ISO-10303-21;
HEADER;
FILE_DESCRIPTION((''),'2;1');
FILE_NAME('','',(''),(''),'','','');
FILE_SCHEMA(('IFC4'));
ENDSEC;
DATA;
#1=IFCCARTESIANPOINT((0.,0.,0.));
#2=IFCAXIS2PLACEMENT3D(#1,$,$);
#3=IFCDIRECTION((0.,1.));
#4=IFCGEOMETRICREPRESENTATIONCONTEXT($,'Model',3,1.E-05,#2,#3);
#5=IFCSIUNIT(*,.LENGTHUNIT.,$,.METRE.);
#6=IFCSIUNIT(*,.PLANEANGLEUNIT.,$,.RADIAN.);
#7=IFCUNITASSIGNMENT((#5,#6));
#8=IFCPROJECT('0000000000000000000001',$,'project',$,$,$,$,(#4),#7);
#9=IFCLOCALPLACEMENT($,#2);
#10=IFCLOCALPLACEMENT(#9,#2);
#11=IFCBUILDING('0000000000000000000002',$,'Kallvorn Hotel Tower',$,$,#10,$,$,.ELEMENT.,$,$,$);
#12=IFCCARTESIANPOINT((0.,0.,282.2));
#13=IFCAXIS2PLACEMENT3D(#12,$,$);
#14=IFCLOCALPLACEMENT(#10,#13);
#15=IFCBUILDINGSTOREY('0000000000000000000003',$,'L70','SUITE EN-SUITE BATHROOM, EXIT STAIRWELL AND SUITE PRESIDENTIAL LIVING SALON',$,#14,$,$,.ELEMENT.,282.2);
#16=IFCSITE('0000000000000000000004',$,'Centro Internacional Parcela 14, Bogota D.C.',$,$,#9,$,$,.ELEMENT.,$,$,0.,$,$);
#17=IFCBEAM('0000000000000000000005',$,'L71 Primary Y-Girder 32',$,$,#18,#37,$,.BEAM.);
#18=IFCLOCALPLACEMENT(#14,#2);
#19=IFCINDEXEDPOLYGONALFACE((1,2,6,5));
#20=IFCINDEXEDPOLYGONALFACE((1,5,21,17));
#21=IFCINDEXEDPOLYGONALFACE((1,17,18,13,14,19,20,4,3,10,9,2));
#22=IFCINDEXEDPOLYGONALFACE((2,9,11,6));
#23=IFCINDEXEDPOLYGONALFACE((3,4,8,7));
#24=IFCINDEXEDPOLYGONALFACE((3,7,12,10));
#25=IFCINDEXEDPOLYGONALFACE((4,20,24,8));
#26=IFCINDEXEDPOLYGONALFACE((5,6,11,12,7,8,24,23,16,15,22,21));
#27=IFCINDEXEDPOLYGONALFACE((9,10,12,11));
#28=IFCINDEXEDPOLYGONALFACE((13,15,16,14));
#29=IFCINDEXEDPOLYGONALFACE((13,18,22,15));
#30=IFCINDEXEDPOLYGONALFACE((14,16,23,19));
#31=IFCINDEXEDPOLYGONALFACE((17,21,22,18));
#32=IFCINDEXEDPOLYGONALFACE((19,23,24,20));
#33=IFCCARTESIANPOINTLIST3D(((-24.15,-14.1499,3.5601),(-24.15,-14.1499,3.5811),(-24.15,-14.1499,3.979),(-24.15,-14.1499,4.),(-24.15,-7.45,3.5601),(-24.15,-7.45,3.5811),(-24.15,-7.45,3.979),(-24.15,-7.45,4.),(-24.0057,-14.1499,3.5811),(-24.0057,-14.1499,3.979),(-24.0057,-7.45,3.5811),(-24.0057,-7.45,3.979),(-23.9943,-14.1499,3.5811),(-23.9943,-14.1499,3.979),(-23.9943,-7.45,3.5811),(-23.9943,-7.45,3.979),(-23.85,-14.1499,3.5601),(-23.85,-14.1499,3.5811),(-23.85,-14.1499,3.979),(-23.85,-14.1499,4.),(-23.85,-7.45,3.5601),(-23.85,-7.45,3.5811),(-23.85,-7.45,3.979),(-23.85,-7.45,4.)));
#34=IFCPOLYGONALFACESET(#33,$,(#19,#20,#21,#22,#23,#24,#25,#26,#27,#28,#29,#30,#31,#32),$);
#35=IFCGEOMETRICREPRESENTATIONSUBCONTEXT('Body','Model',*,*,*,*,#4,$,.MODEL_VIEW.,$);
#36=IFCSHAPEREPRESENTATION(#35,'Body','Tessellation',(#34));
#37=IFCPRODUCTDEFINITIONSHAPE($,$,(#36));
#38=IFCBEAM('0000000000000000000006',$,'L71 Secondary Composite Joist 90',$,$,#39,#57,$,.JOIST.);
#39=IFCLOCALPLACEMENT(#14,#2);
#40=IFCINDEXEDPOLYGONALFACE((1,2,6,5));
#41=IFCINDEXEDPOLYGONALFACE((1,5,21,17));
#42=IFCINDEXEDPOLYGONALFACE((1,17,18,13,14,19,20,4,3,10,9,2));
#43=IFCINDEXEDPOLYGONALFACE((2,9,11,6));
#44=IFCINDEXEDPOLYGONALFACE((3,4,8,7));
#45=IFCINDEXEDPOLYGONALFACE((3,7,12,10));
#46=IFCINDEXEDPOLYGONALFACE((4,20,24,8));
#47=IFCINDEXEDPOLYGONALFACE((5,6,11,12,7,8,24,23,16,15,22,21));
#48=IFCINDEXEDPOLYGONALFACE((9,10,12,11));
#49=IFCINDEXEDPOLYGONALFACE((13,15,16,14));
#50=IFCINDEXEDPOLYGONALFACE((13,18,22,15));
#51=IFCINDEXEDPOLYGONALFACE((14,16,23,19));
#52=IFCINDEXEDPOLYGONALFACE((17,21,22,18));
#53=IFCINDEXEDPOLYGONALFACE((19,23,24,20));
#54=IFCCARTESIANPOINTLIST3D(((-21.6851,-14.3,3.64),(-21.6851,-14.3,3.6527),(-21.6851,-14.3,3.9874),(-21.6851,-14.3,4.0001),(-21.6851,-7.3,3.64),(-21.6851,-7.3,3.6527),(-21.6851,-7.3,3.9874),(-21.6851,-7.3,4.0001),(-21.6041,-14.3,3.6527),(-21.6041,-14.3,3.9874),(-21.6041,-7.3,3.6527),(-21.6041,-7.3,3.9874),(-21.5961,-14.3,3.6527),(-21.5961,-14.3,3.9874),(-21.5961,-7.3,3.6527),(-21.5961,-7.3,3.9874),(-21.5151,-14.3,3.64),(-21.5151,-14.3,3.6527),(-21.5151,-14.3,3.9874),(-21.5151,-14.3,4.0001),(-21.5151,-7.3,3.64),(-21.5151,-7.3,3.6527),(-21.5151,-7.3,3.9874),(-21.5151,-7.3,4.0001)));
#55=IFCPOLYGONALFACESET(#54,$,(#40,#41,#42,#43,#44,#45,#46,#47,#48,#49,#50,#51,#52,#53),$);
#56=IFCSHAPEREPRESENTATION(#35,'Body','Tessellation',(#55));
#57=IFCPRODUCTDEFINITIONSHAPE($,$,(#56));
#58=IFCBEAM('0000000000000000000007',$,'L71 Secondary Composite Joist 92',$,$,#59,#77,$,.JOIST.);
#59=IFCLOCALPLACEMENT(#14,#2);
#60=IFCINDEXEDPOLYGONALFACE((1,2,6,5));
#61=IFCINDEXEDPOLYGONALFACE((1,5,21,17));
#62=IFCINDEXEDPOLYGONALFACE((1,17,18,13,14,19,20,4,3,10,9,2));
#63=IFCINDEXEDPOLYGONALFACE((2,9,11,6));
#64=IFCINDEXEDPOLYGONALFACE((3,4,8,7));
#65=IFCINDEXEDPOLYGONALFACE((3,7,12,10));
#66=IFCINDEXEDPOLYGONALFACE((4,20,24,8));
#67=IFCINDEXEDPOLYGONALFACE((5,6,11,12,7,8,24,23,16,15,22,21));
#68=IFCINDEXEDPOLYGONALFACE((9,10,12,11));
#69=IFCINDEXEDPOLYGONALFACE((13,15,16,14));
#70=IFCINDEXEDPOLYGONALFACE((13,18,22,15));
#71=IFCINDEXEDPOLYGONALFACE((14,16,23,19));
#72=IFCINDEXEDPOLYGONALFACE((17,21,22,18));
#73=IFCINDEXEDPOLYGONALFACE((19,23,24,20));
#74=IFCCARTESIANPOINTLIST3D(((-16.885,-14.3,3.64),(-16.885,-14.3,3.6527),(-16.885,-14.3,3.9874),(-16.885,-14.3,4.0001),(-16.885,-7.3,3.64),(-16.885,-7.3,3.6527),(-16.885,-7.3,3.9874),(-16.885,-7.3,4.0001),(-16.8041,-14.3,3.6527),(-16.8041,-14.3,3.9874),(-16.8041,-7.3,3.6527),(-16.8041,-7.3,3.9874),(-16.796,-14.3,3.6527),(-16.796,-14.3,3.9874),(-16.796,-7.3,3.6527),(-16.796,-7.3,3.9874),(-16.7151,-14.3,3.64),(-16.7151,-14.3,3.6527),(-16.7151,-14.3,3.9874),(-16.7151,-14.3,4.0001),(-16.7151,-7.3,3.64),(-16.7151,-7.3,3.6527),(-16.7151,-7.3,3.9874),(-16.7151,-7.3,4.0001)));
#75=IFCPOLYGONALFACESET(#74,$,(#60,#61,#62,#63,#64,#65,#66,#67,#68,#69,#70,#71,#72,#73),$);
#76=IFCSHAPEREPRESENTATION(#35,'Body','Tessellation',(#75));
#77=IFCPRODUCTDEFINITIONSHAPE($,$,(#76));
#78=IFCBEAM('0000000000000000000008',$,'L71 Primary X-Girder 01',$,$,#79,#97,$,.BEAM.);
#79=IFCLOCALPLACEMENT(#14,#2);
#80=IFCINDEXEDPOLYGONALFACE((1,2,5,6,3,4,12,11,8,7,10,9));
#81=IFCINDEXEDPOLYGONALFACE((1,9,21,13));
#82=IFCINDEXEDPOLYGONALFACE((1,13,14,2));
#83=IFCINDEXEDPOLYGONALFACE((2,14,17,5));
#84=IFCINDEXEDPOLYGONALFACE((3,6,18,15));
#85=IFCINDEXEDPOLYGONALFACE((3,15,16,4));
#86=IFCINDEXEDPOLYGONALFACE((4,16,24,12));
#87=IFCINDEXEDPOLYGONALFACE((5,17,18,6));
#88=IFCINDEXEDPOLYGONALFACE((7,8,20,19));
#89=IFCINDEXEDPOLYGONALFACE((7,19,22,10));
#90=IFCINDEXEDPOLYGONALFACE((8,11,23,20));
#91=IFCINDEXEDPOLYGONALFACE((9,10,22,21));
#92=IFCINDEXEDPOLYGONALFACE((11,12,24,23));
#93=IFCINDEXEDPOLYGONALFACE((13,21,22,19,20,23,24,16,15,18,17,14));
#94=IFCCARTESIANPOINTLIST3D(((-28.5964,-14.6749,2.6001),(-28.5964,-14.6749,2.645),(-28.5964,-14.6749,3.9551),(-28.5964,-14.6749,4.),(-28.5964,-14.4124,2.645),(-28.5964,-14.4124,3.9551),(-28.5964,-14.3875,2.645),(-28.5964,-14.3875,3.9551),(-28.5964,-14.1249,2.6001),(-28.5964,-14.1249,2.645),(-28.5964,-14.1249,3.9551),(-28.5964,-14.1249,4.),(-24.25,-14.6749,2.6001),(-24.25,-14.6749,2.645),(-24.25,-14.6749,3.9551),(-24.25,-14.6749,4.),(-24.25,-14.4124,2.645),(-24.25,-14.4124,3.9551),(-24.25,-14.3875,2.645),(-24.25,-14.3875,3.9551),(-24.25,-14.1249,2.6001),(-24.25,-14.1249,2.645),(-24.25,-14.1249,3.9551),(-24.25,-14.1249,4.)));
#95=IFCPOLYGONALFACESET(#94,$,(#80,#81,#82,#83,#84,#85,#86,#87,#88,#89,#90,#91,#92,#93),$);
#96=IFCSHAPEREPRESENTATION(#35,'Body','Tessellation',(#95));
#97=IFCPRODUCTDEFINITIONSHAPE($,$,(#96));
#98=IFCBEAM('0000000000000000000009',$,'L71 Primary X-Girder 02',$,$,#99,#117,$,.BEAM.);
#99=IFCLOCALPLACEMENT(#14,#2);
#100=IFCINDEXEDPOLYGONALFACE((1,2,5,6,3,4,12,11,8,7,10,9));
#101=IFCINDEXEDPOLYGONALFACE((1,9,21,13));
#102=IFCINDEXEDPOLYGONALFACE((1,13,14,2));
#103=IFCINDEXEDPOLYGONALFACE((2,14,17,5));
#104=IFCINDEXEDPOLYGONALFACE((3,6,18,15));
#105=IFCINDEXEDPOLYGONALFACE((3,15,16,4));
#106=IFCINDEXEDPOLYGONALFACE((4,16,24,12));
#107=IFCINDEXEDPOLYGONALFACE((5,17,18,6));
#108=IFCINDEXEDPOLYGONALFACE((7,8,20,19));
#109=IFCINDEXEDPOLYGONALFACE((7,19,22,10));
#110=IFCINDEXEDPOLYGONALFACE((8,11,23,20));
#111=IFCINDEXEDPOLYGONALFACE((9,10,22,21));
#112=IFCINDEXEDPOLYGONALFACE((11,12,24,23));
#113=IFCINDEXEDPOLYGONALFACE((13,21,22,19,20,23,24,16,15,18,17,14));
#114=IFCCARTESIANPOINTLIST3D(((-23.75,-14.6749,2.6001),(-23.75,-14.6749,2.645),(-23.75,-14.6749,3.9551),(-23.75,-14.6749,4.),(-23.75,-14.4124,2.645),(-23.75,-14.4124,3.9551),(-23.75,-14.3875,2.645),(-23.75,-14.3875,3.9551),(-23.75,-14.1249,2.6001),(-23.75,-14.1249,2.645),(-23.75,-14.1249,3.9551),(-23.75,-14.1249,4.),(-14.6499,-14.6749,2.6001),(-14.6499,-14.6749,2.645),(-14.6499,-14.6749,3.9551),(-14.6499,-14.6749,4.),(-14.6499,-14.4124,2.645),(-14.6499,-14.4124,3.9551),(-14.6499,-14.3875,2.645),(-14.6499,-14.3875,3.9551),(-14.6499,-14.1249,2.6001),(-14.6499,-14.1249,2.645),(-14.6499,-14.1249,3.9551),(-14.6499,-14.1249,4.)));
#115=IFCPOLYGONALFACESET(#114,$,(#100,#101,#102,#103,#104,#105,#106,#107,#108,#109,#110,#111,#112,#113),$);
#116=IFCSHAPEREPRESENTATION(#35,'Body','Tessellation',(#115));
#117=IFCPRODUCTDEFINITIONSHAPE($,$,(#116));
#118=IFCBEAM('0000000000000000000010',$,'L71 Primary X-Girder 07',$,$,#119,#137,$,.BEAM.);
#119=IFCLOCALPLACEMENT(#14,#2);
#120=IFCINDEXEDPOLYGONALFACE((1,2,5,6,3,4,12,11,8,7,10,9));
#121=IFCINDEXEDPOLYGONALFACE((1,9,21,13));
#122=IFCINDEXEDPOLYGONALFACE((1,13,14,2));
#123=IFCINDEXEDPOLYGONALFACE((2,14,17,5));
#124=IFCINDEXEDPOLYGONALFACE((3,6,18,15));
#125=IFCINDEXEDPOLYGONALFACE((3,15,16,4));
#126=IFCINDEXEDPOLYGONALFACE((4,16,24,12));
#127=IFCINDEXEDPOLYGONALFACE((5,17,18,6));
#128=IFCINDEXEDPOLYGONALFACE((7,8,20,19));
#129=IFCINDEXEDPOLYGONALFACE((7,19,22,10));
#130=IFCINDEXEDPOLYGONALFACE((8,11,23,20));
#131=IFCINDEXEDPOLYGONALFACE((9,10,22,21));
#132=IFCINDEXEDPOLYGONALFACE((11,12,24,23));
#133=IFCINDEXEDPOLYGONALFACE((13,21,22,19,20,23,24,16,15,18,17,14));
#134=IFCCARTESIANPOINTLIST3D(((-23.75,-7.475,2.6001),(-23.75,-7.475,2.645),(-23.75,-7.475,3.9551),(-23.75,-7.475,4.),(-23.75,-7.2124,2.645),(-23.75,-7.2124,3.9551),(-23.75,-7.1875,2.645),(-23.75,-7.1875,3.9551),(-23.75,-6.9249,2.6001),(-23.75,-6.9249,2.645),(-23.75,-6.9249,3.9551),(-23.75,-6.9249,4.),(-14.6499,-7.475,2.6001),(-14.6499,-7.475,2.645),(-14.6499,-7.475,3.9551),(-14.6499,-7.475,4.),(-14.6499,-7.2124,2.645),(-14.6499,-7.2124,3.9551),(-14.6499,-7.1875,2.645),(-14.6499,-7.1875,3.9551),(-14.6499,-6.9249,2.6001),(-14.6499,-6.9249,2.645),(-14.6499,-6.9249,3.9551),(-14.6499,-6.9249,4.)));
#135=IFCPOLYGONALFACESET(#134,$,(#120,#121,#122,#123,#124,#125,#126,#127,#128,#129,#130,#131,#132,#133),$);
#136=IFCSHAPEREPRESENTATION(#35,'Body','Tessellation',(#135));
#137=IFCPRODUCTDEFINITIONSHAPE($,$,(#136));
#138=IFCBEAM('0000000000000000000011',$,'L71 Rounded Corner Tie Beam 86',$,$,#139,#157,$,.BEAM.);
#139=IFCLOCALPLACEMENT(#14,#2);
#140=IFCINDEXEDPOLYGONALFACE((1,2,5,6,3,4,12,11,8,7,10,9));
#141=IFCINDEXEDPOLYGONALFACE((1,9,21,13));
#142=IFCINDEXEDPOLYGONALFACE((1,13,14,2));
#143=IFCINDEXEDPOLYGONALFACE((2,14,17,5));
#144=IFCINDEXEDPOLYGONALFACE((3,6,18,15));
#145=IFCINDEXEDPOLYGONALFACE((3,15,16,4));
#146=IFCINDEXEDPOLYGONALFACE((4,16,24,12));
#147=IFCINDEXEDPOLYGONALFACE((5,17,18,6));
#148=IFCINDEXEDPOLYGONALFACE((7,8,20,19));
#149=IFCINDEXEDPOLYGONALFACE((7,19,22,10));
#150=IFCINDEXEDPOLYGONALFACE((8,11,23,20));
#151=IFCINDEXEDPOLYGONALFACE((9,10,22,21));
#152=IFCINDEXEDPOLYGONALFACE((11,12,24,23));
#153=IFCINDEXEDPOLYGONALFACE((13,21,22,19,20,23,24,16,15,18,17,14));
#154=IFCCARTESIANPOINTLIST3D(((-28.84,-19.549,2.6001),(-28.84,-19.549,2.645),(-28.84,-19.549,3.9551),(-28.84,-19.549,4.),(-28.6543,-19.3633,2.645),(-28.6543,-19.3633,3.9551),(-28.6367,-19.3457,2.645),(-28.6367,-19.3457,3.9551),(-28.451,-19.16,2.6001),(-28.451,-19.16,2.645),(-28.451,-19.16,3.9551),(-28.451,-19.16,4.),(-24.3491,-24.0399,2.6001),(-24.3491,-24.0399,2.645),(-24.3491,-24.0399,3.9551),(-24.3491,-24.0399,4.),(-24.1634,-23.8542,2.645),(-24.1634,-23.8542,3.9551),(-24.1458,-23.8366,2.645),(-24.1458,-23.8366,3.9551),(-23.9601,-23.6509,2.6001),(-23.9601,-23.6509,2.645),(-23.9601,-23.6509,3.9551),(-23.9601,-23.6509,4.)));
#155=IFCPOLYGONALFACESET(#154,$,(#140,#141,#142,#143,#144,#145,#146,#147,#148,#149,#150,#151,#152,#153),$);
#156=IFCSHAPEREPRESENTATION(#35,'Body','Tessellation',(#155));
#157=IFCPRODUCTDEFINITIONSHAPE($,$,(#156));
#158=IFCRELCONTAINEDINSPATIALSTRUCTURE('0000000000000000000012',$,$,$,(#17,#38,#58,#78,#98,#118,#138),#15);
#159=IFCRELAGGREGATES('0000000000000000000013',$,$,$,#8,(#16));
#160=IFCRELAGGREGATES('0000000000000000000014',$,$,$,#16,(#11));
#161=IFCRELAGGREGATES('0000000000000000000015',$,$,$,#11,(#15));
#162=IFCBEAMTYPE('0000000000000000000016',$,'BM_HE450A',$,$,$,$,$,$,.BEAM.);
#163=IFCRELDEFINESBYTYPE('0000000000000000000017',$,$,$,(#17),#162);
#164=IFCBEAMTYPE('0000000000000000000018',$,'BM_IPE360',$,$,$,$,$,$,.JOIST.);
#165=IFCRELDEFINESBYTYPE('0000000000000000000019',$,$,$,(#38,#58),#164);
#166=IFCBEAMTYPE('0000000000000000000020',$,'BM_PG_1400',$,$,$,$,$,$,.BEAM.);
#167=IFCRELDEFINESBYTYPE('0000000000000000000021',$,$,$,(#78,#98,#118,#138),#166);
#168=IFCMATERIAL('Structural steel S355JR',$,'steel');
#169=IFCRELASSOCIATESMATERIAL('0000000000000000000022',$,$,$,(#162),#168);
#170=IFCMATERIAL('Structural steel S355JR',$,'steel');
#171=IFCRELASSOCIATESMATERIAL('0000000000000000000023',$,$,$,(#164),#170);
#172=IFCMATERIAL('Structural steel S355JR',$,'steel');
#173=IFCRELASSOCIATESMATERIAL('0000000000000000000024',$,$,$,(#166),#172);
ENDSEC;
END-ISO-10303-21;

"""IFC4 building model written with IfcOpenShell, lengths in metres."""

from ifc_helpers import new_model, si_unit, direction, frame, origin, origin_2d, place, context, subcontext, project, spatial, i_section, extrude, material, material_profile, profile_set, type_object, element, save


model = new_model("IFC4")

# Units and contexts
model_context = context("Model", 3, precision=1e-05, world=origin(), true_north=direction((0.0, 1.0)))
body_context = subcontext(model_context, "Body", "Model", "MODEL_VIEW")
ifc_project = project(units=[si_unit("LENGTHUNIT", "METRE"), si_unit("PLANEANGLEUNIT", "RADIAN")], contexts=[model_context])

# Site, building, storey
site_placement = place(None, origin())
site = spatial("IfcSite", under=ifc_project, at=site_placement, Name="Centro Internacional Parcela 14, Bogota D.C.", CompositionType="ELEMENT", RefElevation=0.0)
building_placement = place(site_placement, origin())
building = spatial("IfcBuilding", under=site, at=building_placement, Name="Kallvorn Hotel Tower", CompositionType="ELEMENT")
storey_placement = place(building_placement, frame((0.0, 0.0, 282.2)))
storey = spatial("IfcBuildingStorey", under=building, at=storey_placement, Name="L70", Description="SUITE EN-SUITE BATHROOM, EXIT STAIRWELL AND SUITE PRESIDENTIAL LIVING SALON", CompositionType="ELEMENT", Elevation=282.2)

# Beams
ifc_material_1 = material(Name="Structural steel S355JR", Category="steel")
ifc_material_profile_1 = material_profile(ifc_material_1, i_section(OverallWidth=0.3, OverallDepth=0.4399, WebThickness=0.0115, FlangeThickness=0.021, at=origin_2d()), Name="HE 450 A")
ifc_profile_set_1 = profile_set([ifc_material_profile_1], Name="Structural steel S355JR")
beam_type_1 = type_object("IfcBeamType", Name="BM_HE450A", PredefinedType="BEAM", material=ifc_profile_set_1)
beam_1_placement = place(storey_placement, frame((-24.0, -14.1499, 3.78), z_axis=(0.0, 1.0, 0.0), x_axis=(-1.0, 0.0, 0.0)))
element("IfcBeam", 1, at=beam_1_placement, inside=storey, type_object=beam_type_1, Name="L71 Primary Y-Girder 32", PredefinedType="BEAM", context=body_context, shape_type="SweptSolid", body=[
    extrude(i_section(OverallWidth=0.3, OverallDepth=0.4399, WebThickness=0.0115, FlangeThickness=0.021, at=origin_2d()), origin(), (0.0, 0.0, 1.0), 6.7),
])
ifc_material_2 = material(Name="Structural steel S355JR", Category="steel")
ifc_material_profile_2 = material_profile(ifc_material_2, i_section(OverallWidth=0.1699, OverallDepth=0.3601, WebThickness=0.0081, FlangeThickness=0.0127, at=origin_2d()), Name="IPE 360")
ifc_profile_set_2 = profile_set([ifc_material_profile_2], Name="Structural steel S355JR")
beam_type_2 = type_object("IfcBeamType", Name="BM_IPE360", PredefinedType="JOIST", material=ifc_profile_set_2)
for number, where, z_axis, x_axis, name in (
    (2, (-21.6001, -14.3, 3.8201), (0.0, 1.0, 0.0), (-1.0, 0.0, 0.0), "L71 Secondary Composite Joist 90"),
    (3, (-16.8, -14.3, 3.8201), (0.0, 1.0, 0.0), (-1.0, 0.0, 0.0), "L71 Secondary Composite Joist 92"),
):
    element("IfcBeam", number, at=place(storey_placement, frame(where, z_axis=z_axis, x_axis=x_axis)), inside=storey, type_object=beam_type_2, Name=name, PredefinedType="JOIST", context=body_context, shape_type="SweptSolid", body=[
        extrude(i_section(OverallWidth=0.1699, OverallDepth=0.3601, WebThickness=0.0081, FlangeThickness=0.0127, at=origin_2d()), origin(), (0.0, 0.0, 1.0), 7.0),
    ])
ifc_material_3 = material(Name="Structural steel S355JR", Category="steel")
ifc_material_profile_3 = material_profile(ifc_material_3, i_section(OverallWidth=0.55, OverallDepth=1.3999, WebThickness=0.0249, FlangeThickness=0.0449, at=origin_2d()), Name="PG 1400x550x25x45")
ifc_profile_set_3 = profile_set([ifc_material_profile_3], Name="Structural steel S355JR")
beam_type_3 = type_object("IfcBeamType", Name="BM_PG_1400", PredefinedType="BEAM", material=ifc_profile_set_3)
beam_2_placement = place(storey_placement, frame((-28.5964, -14.3999, 3.3), z_axis=(1.0, 0.0, 0.0), x_axis=(0.0, 1.0, 0.0)))
element("IfcBeam", 4, at=beam_2_placement, inside=storey, type_object=beam_type_3, Name="L71 Primary X-Girder 01", PredefinedType="BEAM", context=body_context, shape_type="SweptSolid", body=[
    extrude(i_section(OverallWidth=0.55, OverallDepth=1.3999, WebThickness=0.0249, FlangeThickness=0.0449, at=origin_2d()), origin(), (0.0, 0.0, 1.0), 4.3464),
])
for number, where, z_axis, x_axis, name in (
    (5, (-23.75, -14.3999, 3.3), (1.0, 0.0, 0.0), (0.0, 1.0, 0.0), "L71 Primary X-Girder 02"),
    (6, (-23.75, -7.2, 3.3), (1.0, 0.0, 0.0), (0.0, 1.0, 0.0), "L71 Primary X-Girder 07"),
):
    element("IfcBeam", number, at=place(storey_placement, frame(where, z_axis=z_axis, x_axis=x_axis)), inside=storey, type_object=beam_type_3, Name=name, PredefinedType="BEAM", context=body_context, shape_type="SweptSolid", body=[
        extrude(i_section(OverallWidth=0.55, OverallDepth=1.3999, WebThickness=0.0249, FlangeThickness=0.0449, at=origin_2d()), origin(), (0.0, 0.0, 1.0), 9.1001),
    ])
beam_3_placement = place(storey_placement, frame((-28.6455, -19.3545, 3.3), z_axis=(0.707107, -0.707107, 0.0), x_axis=(0.707107, 0.707107, 0.0)))
element("IfcBeam", 7, at=beam_3_placement, inside=storey, type_object=beam_type_3, Name="L71 Rounded Corner Tie Beam 86", PredefinedType="BEAM", context=body_context, shape_type="SweptSolid", body=[
    extrude(i_section(OverallWidth=0.55, OverallDepth=1.3999, WebThickness=0.0249, FlangeThickness=0.0449, at=origin_2d()), origin(), (0.0, 0.0, 1.0), 6.3511),
])

save(model, "model.ifc")
